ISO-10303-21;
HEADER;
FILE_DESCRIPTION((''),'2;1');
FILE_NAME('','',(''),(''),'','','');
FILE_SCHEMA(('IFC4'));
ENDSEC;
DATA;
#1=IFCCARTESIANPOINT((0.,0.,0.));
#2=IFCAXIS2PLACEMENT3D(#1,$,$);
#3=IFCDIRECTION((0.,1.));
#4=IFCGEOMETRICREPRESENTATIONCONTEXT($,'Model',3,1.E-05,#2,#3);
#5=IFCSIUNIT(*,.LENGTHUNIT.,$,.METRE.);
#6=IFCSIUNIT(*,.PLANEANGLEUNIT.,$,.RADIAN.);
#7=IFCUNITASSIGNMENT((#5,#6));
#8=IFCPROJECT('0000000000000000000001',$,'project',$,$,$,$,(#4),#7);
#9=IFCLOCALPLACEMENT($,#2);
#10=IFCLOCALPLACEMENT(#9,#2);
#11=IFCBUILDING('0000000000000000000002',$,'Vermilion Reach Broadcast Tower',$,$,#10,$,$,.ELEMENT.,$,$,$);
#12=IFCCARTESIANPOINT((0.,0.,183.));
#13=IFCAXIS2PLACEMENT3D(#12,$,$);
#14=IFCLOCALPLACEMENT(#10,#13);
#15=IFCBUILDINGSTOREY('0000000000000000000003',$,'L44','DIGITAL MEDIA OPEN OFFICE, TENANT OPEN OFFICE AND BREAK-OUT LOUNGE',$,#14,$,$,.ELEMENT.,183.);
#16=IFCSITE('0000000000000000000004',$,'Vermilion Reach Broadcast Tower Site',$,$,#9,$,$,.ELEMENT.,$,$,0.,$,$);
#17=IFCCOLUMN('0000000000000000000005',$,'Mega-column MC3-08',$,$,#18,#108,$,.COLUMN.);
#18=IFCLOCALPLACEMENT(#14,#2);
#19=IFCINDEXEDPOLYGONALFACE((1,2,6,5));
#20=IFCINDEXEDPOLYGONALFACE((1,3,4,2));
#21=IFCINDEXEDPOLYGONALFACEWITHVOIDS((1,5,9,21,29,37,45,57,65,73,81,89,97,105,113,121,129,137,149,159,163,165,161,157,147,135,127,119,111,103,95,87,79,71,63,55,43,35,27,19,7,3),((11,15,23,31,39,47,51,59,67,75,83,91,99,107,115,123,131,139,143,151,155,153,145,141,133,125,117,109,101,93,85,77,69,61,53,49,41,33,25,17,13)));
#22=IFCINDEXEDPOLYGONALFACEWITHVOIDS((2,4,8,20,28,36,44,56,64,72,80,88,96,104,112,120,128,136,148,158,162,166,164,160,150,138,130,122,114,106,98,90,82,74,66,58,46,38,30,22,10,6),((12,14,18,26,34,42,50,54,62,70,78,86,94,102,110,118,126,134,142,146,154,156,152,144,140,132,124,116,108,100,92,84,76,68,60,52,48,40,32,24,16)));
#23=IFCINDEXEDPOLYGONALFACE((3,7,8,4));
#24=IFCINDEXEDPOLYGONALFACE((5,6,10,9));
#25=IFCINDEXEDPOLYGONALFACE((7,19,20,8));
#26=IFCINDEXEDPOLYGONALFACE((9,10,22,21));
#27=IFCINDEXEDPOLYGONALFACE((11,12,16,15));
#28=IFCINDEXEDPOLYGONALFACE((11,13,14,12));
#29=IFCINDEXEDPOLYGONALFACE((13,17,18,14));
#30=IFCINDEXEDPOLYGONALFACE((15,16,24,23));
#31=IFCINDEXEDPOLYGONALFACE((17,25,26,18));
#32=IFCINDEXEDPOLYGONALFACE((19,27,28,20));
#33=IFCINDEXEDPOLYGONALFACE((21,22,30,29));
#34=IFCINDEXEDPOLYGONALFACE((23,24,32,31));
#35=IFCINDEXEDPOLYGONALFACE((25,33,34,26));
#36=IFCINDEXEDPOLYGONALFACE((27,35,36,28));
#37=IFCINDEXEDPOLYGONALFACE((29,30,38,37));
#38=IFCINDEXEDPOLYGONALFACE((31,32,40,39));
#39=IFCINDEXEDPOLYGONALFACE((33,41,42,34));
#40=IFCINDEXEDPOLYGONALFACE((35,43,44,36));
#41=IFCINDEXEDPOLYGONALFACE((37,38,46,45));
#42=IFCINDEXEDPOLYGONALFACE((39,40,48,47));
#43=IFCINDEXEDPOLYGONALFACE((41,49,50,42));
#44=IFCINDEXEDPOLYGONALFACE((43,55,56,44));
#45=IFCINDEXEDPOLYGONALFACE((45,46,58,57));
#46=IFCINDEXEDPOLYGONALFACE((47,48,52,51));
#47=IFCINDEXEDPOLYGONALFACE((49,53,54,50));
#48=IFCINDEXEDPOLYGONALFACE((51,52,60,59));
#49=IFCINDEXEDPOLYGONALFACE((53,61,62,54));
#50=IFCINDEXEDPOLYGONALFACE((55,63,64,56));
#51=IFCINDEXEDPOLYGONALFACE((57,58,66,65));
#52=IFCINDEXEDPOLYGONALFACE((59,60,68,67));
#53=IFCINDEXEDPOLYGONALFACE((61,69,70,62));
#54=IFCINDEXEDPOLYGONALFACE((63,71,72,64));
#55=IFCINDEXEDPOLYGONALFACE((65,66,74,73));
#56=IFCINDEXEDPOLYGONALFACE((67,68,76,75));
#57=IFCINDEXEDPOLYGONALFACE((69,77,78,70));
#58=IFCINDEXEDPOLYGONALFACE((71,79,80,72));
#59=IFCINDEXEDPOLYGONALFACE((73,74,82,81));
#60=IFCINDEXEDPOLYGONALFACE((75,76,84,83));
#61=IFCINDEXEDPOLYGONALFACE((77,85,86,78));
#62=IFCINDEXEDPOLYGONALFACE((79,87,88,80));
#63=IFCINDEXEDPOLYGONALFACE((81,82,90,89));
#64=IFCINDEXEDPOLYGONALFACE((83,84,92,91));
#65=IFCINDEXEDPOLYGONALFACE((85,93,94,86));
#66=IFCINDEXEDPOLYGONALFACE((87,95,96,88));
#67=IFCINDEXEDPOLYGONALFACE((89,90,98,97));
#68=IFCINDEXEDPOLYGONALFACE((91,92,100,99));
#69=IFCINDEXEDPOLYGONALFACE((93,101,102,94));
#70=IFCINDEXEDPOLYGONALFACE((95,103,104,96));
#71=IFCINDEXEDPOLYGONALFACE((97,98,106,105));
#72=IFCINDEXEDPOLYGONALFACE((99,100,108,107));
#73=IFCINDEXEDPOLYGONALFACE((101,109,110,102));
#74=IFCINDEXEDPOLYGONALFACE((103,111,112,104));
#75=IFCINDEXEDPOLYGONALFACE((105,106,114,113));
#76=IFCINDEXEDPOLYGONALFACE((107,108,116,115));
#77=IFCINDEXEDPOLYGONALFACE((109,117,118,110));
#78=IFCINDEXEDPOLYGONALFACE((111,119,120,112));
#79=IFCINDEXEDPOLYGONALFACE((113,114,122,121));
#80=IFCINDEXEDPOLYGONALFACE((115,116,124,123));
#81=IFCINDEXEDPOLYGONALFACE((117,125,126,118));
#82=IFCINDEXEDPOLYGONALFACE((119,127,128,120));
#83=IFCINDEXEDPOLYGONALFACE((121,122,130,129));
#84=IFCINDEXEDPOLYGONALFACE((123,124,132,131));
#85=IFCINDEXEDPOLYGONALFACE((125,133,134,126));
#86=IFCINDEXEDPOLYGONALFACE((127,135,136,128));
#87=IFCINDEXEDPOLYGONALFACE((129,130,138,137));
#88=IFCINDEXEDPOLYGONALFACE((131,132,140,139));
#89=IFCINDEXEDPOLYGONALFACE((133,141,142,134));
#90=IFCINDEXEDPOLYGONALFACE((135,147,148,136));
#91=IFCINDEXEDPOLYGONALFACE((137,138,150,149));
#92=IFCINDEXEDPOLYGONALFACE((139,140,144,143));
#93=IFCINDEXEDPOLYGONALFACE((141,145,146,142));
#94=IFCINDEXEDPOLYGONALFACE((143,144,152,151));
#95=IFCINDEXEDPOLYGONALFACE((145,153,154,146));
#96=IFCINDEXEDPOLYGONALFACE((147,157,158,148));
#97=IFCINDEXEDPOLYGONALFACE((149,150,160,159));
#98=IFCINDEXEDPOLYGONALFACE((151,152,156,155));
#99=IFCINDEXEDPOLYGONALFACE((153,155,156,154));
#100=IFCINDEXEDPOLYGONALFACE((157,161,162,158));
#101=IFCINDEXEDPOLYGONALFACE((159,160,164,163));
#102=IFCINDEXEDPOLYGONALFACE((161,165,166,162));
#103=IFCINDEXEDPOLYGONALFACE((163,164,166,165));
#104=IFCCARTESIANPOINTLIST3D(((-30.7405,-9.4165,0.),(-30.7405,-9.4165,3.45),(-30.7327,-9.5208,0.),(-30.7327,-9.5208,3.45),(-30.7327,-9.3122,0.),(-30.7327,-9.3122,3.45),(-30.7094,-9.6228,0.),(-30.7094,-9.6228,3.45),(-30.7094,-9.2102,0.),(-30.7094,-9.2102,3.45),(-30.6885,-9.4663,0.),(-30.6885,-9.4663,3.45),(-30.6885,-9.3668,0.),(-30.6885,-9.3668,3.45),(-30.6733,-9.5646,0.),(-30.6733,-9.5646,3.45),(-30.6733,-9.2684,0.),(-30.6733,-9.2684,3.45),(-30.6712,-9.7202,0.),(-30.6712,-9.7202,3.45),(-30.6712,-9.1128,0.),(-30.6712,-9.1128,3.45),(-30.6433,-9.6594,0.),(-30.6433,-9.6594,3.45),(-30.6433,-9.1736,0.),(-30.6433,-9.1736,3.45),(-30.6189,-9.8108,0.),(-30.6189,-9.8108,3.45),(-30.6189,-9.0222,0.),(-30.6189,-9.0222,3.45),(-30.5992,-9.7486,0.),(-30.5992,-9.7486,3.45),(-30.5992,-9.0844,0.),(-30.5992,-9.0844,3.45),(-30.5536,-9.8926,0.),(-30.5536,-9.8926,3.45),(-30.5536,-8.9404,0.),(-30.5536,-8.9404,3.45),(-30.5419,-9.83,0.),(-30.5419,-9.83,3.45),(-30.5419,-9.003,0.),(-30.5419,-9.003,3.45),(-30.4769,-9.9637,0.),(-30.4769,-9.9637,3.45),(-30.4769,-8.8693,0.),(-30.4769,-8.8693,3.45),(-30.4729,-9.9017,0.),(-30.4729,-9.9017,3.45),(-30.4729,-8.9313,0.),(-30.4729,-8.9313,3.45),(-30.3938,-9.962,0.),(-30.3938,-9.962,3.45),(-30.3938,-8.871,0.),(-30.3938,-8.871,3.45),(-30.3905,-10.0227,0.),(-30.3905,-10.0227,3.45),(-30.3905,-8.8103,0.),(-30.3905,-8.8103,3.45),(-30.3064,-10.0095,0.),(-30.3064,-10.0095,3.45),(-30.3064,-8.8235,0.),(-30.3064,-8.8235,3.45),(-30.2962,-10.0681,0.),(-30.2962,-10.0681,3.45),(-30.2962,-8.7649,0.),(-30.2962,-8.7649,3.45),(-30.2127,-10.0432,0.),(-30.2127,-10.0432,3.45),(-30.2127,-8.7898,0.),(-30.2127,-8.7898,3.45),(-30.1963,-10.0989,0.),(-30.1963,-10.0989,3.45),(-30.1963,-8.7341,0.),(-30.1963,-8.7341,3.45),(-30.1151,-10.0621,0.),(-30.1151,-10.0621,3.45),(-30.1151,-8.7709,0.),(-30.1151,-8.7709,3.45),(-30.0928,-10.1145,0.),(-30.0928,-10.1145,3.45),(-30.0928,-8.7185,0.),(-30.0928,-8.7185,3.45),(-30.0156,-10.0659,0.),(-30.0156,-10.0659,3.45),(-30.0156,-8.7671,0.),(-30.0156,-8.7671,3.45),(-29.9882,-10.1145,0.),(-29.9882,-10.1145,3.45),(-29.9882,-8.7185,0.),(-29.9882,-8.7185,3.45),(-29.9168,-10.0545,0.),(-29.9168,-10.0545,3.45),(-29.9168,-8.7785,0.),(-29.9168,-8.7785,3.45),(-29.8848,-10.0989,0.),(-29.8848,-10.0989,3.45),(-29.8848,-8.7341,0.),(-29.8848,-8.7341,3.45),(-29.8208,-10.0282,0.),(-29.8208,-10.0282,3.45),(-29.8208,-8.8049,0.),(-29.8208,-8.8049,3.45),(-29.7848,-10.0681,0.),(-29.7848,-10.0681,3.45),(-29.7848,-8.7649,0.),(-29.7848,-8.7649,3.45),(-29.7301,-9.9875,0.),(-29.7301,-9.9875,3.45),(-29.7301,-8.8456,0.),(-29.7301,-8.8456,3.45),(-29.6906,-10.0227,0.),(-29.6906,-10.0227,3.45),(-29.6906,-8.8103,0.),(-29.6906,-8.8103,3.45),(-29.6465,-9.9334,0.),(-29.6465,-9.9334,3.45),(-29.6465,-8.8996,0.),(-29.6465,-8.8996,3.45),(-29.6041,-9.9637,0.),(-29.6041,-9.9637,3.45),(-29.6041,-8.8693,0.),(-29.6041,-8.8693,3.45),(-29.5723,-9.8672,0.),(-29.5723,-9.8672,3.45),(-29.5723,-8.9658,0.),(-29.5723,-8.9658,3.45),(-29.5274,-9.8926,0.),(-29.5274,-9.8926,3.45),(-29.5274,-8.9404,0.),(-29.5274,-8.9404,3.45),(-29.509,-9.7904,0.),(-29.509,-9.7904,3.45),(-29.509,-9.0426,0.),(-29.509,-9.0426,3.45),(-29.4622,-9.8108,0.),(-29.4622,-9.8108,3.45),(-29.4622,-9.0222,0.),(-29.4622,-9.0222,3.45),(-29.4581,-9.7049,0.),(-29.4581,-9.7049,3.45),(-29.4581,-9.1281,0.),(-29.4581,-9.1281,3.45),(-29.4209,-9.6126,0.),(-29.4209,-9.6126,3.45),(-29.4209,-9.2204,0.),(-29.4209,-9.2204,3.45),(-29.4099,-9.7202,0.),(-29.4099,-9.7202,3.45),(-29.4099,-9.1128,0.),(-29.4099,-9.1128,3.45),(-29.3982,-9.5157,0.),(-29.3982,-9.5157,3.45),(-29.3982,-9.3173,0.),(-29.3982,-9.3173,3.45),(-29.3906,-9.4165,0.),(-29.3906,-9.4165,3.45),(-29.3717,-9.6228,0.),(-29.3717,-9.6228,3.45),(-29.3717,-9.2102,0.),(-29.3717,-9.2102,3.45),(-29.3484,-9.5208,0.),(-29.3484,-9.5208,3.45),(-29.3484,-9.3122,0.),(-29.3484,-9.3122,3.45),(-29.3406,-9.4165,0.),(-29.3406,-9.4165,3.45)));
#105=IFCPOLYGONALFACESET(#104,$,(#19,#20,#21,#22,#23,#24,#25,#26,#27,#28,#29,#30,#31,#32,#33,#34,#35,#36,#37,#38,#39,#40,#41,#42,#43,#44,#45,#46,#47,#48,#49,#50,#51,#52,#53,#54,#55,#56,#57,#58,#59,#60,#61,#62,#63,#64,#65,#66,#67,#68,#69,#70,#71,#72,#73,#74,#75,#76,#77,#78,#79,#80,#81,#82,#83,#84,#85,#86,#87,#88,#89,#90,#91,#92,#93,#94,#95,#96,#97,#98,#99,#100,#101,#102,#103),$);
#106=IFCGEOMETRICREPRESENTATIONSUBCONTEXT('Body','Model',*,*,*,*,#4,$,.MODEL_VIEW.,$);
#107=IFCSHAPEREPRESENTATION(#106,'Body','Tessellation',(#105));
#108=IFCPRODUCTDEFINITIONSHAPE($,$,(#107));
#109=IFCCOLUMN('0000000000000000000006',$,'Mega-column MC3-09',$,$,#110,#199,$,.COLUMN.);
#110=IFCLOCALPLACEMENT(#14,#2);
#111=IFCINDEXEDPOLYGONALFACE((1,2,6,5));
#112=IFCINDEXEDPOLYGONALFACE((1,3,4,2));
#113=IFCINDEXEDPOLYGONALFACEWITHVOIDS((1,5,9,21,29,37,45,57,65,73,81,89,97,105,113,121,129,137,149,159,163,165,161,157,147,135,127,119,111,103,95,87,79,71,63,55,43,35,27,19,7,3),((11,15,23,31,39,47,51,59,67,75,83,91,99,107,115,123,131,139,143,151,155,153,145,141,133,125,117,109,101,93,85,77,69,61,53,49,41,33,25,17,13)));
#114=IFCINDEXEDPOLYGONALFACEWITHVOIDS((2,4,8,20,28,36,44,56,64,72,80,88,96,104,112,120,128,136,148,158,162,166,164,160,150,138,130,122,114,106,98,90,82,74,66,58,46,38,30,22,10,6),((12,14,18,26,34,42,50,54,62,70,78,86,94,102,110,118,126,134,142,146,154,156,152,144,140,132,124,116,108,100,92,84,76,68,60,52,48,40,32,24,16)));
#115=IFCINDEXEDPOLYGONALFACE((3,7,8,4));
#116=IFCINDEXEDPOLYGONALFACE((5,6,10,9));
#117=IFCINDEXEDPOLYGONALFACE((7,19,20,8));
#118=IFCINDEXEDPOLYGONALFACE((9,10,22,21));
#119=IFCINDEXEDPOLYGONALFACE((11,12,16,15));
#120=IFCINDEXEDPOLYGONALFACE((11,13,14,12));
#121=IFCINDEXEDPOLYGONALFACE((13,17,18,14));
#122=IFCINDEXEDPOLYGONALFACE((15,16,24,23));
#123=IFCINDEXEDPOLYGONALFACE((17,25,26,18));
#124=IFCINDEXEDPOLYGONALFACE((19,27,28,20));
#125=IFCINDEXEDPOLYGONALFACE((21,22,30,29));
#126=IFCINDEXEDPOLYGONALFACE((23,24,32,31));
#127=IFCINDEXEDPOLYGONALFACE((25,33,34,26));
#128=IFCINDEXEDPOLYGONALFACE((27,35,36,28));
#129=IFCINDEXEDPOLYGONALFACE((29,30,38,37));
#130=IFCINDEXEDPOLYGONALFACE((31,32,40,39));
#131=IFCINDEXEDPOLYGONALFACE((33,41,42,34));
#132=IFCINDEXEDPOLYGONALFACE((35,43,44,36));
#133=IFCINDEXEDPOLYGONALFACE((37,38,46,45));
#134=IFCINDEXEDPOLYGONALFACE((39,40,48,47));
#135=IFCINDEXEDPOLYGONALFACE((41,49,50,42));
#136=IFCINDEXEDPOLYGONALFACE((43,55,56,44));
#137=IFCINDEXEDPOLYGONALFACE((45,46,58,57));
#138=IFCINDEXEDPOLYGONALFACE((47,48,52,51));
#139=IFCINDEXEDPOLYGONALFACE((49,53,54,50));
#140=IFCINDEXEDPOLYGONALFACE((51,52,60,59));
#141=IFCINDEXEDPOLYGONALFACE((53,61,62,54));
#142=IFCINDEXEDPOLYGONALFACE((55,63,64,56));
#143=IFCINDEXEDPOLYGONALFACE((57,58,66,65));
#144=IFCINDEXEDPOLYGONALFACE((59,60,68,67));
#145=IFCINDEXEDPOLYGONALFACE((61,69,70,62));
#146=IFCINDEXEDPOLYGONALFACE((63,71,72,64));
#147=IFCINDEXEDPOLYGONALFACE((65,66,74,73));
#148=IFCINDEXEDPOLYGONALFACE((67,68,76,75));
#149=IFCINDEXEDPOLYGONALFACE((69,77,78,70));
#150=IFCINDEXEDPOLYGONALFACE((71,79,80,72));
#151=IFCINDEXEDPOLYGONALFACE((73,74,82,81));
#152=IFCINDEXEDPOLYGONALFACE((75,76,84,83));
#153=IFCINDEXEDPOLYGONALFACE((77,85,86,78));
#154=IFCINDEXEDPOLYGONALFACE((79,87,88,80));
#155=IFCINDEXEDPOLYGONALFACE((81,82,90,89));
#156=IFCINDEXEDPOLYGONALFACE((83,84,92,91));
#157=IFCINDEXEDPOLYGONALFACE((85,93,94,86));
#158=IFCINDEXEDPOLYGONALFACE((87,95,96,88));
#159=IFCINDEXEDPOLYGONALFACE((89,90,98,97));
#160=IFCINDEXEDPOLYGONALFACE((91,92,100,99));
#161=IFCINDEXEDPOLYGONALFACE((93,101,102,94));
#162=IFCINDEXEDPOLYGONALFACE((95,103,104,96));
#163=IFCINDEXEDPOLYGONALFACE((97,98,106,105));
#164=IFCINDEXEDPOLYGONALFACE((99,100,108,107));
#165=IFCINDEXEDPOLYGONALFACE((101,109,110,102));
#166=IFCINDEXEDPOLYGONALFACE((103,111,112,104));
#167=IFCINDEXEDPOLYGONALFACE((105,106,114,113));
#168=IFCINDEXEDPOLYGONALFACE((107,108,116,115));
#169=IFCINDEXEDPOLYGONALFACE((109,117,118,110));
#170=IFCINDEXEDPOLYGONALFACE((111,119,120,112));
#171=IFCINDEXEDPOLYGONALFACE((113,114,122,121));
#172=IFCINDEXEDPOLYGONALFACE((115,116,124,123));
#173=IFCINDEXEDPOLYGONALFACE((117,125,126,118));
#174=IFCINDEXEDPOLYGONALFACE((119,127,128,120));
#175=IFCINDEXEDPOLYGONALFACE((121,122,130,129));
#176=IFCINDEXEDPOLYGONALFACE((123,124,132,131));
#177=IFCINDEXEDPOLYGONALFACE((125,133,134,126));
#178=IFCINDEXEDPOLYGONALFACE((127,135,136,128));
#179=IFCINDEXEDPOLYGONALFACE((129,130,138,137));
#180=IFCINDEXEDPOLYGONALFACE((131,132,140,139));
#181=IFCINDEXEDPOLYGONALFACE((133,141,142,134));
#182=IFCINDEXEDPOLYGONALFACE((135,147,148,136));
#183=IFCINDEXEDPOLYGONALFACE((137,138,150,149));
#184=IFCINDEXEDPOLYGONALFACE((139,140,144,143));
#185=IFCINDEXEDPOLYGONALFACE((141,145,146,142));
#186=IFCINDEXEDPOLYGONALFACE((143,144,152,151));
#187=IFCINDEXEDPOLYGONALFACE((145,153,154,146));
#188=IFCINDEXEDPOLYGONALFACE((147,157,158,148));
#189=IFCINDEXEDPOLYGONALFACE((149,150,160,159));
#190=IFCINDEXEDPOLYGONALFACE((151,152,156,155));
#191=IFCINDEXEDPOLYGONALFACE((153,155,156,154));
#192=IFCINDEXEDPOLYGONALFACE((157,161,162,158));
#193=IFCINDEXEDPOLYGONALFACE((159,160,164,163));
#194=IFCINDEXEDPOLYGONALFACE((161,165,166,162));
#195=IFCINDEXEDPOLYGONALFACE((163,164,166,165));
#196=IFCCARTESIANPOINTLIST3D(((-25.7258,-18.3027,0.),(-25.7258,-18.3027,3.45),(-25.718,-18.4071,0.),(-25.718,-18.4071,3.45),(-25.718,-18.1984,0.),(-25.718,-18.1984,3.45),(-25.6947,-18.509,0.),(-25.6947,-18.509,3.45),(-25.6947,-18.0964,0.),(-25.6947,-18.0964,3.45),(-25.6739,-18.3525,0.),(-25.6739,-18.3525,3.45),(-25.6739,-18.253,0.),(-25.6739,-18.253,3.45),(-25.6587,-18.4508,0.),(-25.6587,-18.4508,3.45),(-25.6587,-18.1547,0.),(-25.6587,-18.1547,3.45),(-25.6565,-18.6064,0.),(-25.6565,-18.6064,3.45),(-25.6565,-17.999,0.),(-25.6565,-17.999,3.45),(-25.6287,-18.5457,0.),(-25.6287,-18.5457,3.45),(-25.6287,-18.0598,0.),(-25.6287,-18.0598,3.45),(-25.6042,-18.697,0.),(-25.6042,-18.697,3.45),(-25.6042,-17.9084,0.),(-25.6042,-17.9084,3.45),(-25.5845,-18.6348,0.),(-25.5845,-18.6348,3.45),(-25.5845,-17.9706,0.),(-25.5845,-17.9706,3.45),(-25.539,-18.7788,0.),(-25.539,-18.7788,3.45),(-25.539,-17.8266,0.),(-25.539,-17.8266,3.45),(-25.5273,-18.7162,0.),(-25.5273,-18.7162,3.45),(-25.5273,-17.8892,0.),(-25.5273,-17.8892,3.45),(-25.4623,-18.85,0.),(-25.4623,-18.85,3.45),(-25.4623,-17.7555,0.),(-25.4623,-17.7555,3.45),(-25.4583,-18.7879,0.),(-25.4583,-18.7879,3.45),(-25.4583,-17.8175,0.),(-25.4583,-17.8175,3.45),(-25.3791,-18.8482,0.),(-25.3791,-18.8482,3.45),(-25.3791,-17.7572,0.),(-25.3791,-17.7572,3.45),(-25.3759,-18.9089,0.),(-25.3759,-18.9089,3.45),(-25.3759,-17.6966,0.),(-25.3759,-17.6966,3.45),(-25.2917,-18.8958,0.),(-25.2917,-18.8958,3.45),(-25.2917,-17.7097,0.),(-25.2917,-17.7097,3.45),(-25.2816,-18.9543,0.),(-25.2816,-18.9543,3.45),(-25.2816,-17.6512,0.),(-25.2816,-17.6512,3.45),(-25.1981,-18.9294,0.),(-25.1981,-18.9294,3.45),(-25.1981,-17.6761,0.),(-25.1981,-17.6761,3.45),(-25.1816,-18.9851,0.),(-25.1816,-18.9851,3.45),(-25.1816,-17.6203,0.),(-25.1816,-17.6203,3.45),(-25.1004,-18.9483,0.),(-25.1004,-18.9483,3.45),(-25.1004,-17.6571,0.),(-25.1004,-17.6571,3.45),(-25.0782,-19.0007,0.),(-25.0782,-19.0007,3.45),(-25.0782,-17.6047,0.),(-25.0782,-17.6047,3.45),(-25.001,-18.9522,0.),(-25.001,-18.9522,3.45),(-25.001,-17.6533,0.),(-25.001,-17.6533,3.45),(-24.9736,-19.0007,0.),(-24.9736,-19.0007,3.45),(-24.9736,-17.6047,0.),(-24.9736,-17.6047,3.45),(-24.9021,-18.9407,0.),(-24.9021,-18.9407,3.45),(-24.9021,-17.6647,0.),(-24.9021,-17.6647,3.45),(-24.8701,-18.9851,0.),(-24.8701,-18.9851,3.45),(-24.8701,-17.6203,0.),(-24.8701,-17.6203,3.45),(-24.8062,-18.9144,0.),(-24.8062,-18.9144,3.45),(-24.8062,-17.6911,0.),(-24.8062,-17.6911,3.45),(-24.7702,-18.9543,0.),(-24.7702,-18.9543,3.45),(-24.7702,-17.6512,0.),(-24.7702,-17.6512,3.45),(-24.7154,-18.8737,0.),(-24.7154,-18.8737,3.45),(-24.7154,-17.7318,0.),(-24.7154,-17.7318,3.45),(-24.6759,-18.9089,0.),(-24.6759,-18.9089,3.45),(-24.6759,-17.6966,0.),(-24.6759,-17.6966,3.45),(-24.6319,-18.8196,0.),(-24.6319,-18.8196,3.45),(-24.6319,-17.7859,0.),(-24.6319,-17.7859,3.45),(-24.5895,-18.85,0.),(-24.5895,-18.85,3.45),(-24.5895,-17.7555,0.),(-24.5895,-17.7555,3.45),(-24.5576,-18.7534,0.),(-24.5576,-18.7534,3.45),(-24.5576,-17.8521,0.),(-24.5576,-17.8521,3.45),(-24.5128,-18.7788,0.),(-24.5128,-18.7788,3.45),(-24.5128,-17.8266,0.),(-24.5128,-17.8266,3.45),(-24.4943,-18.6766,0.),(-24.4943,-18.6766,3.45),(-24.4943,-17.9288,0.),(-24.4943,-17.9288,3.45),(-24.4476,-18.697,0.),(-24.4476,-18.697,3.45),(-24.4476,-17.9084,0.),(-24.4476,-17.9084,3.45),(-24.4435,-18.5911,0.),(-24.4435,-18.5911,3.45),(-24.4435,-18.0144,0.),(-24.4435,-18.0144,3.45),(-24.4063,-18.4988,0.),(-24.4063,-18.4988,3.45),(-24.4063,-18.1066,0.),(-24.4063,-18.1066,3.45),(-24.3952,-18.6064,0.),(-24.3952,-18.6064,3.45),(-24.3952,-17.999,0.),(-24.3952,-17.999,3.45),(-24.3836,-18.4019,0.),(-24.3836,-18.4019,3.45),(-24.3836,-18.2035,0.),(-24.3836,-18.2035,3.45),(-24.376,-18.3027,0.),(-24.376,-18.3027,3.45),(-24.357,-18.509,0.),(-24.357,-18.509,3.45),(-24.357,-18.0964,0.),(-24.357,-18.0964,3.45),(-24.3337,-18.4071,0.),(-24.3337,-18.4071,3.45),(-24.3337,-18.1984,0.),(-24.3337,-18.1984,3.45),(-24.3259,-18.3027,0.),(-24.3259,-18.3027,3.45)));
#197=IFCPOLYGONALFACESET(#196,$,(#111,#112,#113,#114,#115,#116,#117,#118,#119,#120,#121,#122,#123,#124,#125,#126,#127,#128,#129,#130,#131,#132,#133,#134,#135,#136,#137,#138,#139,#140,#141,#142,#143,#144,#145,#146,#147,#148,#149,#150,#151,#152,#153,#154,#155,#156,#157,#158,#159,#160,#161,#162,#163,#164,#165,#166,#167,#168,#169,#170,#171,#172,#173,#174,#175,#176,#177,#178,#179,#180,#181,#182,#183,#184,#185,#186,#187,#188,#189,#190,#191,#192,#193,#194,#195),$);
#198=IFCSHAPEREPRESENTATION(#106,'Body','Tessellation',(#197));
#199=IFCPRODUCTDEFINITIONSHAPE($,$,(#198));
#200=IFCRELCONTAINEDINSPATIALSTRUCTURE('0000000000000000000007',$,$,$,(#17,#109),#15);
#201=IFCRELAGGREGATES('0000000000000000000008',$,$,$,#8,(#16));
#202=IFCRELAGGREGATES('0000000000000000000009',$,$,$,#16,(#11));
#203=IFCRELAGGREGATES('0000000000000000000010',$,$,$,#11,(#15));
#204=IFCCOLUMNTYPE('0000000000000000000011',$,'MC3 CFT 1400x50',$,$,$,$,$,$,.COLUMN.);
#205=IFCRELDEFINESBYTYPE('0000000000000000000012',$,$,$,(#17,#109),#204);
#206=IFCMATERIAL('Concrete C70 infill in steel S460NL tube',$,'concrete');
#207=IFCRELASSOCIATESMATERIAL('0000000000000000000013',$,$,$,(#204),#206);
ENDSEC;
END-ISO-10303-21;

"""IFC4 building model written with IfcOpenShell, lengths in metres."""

from ifc_helpers import new_model, si_unit, direction, frame, origin, origin_2d, place, context, subcontext, project, spatial, hollow_circle, extrude, material, material_profile, profile_set, type_object, element, save


model = new_model("IFC4")

# Units and contexts
model_context = context("Model", 3, precision=1e-05, world=origin(), true_north=direction((0.0, 1.0)))
body_context = subcontext(model_context, "Body", "Model", "MODEL_VIEW")
ifc_project = project(units=[si_unit("LENGTHUNIT", "METRE"), si_unit("PLANEANGLEUNIT", "RADIAN")], contexts=[model_context])

# Site, building, storey
site_placement = place(None, origin())
site = spatial("IfcSite", under=ifc_project, at=site_placement, Name="Vermilion Reach Broadcast Tower Site", CompositionType="ELEMENT", RefElevation=0.0)
building_placement = place(site_placement, origin())
building = spatial("IfcBuilding", under=site, at=building_placement, Name="Vermilion Reach Broadcast Tower", CompositionType="ELEMENT")
storey_placement = place(building_placement, frame((0.0, 0.0, 183.0)))
storey = spatial("IfcBuildingStorey", under=building, at=storey_placement, Name="L44", Description="DIGITAL MEDIA OPEN OFFICE, TENANT OPEN OFFICE AND BREAK-OUT LOUNGE", CompositionType="ELEMENT", Elevation=183.0)

# Columns
ifc_material_1 = material(Name="Concrete C70 infill in steel S460NL tube", Category="concrete")
ifc_material_profile_1 = material_profile(ifc_material_1, hollow_circle(Radius=0.7, WallThickness=0.05, at=origin_2d()), Name="Concrete C70 infill in steel S460NL tube CFT 1400x50")
ifc_profile_set_1 = profile_set([ifc_material_profile_1], Name="Concrete C70 infill in steel S460NL tube")
column_type = type_object("IfcColumnType", Name="MC3 CFT 1400x50", PredefinedType="COLUMN", material=ifc_profile_set_1)
for number, where, z_axis, x_axis, name in (
    (1, (-30.0405, -9.4165, 0.0), (0.0, 0.0, 1.0), (1.0, 0.0, 0.0), "Mega-column MC3-08"),
    (2, (-25.0259, -18.3027, 0.0), (0.0, 0.0, 1.0), (1.0, 0.0, 0.0), "Mega-column MC3-09"),
):
    element("IfcColumn", number, at=place(storey_placement, frame(where, z_axis=z_axis, x_axis=x_axis)), inside=storey, type_object=column_type, Name=name, PredefinedType="COLUMN", context=body_context, shape_type="SweptSolid", body=[
        extrude(hollow_circle(Radius=0.7, WallThickness=0.05, at=origin_2d()), origin(), (0.0, 0.0, 1.0), 3.45),
    ])

save(model, "model.ifc")
